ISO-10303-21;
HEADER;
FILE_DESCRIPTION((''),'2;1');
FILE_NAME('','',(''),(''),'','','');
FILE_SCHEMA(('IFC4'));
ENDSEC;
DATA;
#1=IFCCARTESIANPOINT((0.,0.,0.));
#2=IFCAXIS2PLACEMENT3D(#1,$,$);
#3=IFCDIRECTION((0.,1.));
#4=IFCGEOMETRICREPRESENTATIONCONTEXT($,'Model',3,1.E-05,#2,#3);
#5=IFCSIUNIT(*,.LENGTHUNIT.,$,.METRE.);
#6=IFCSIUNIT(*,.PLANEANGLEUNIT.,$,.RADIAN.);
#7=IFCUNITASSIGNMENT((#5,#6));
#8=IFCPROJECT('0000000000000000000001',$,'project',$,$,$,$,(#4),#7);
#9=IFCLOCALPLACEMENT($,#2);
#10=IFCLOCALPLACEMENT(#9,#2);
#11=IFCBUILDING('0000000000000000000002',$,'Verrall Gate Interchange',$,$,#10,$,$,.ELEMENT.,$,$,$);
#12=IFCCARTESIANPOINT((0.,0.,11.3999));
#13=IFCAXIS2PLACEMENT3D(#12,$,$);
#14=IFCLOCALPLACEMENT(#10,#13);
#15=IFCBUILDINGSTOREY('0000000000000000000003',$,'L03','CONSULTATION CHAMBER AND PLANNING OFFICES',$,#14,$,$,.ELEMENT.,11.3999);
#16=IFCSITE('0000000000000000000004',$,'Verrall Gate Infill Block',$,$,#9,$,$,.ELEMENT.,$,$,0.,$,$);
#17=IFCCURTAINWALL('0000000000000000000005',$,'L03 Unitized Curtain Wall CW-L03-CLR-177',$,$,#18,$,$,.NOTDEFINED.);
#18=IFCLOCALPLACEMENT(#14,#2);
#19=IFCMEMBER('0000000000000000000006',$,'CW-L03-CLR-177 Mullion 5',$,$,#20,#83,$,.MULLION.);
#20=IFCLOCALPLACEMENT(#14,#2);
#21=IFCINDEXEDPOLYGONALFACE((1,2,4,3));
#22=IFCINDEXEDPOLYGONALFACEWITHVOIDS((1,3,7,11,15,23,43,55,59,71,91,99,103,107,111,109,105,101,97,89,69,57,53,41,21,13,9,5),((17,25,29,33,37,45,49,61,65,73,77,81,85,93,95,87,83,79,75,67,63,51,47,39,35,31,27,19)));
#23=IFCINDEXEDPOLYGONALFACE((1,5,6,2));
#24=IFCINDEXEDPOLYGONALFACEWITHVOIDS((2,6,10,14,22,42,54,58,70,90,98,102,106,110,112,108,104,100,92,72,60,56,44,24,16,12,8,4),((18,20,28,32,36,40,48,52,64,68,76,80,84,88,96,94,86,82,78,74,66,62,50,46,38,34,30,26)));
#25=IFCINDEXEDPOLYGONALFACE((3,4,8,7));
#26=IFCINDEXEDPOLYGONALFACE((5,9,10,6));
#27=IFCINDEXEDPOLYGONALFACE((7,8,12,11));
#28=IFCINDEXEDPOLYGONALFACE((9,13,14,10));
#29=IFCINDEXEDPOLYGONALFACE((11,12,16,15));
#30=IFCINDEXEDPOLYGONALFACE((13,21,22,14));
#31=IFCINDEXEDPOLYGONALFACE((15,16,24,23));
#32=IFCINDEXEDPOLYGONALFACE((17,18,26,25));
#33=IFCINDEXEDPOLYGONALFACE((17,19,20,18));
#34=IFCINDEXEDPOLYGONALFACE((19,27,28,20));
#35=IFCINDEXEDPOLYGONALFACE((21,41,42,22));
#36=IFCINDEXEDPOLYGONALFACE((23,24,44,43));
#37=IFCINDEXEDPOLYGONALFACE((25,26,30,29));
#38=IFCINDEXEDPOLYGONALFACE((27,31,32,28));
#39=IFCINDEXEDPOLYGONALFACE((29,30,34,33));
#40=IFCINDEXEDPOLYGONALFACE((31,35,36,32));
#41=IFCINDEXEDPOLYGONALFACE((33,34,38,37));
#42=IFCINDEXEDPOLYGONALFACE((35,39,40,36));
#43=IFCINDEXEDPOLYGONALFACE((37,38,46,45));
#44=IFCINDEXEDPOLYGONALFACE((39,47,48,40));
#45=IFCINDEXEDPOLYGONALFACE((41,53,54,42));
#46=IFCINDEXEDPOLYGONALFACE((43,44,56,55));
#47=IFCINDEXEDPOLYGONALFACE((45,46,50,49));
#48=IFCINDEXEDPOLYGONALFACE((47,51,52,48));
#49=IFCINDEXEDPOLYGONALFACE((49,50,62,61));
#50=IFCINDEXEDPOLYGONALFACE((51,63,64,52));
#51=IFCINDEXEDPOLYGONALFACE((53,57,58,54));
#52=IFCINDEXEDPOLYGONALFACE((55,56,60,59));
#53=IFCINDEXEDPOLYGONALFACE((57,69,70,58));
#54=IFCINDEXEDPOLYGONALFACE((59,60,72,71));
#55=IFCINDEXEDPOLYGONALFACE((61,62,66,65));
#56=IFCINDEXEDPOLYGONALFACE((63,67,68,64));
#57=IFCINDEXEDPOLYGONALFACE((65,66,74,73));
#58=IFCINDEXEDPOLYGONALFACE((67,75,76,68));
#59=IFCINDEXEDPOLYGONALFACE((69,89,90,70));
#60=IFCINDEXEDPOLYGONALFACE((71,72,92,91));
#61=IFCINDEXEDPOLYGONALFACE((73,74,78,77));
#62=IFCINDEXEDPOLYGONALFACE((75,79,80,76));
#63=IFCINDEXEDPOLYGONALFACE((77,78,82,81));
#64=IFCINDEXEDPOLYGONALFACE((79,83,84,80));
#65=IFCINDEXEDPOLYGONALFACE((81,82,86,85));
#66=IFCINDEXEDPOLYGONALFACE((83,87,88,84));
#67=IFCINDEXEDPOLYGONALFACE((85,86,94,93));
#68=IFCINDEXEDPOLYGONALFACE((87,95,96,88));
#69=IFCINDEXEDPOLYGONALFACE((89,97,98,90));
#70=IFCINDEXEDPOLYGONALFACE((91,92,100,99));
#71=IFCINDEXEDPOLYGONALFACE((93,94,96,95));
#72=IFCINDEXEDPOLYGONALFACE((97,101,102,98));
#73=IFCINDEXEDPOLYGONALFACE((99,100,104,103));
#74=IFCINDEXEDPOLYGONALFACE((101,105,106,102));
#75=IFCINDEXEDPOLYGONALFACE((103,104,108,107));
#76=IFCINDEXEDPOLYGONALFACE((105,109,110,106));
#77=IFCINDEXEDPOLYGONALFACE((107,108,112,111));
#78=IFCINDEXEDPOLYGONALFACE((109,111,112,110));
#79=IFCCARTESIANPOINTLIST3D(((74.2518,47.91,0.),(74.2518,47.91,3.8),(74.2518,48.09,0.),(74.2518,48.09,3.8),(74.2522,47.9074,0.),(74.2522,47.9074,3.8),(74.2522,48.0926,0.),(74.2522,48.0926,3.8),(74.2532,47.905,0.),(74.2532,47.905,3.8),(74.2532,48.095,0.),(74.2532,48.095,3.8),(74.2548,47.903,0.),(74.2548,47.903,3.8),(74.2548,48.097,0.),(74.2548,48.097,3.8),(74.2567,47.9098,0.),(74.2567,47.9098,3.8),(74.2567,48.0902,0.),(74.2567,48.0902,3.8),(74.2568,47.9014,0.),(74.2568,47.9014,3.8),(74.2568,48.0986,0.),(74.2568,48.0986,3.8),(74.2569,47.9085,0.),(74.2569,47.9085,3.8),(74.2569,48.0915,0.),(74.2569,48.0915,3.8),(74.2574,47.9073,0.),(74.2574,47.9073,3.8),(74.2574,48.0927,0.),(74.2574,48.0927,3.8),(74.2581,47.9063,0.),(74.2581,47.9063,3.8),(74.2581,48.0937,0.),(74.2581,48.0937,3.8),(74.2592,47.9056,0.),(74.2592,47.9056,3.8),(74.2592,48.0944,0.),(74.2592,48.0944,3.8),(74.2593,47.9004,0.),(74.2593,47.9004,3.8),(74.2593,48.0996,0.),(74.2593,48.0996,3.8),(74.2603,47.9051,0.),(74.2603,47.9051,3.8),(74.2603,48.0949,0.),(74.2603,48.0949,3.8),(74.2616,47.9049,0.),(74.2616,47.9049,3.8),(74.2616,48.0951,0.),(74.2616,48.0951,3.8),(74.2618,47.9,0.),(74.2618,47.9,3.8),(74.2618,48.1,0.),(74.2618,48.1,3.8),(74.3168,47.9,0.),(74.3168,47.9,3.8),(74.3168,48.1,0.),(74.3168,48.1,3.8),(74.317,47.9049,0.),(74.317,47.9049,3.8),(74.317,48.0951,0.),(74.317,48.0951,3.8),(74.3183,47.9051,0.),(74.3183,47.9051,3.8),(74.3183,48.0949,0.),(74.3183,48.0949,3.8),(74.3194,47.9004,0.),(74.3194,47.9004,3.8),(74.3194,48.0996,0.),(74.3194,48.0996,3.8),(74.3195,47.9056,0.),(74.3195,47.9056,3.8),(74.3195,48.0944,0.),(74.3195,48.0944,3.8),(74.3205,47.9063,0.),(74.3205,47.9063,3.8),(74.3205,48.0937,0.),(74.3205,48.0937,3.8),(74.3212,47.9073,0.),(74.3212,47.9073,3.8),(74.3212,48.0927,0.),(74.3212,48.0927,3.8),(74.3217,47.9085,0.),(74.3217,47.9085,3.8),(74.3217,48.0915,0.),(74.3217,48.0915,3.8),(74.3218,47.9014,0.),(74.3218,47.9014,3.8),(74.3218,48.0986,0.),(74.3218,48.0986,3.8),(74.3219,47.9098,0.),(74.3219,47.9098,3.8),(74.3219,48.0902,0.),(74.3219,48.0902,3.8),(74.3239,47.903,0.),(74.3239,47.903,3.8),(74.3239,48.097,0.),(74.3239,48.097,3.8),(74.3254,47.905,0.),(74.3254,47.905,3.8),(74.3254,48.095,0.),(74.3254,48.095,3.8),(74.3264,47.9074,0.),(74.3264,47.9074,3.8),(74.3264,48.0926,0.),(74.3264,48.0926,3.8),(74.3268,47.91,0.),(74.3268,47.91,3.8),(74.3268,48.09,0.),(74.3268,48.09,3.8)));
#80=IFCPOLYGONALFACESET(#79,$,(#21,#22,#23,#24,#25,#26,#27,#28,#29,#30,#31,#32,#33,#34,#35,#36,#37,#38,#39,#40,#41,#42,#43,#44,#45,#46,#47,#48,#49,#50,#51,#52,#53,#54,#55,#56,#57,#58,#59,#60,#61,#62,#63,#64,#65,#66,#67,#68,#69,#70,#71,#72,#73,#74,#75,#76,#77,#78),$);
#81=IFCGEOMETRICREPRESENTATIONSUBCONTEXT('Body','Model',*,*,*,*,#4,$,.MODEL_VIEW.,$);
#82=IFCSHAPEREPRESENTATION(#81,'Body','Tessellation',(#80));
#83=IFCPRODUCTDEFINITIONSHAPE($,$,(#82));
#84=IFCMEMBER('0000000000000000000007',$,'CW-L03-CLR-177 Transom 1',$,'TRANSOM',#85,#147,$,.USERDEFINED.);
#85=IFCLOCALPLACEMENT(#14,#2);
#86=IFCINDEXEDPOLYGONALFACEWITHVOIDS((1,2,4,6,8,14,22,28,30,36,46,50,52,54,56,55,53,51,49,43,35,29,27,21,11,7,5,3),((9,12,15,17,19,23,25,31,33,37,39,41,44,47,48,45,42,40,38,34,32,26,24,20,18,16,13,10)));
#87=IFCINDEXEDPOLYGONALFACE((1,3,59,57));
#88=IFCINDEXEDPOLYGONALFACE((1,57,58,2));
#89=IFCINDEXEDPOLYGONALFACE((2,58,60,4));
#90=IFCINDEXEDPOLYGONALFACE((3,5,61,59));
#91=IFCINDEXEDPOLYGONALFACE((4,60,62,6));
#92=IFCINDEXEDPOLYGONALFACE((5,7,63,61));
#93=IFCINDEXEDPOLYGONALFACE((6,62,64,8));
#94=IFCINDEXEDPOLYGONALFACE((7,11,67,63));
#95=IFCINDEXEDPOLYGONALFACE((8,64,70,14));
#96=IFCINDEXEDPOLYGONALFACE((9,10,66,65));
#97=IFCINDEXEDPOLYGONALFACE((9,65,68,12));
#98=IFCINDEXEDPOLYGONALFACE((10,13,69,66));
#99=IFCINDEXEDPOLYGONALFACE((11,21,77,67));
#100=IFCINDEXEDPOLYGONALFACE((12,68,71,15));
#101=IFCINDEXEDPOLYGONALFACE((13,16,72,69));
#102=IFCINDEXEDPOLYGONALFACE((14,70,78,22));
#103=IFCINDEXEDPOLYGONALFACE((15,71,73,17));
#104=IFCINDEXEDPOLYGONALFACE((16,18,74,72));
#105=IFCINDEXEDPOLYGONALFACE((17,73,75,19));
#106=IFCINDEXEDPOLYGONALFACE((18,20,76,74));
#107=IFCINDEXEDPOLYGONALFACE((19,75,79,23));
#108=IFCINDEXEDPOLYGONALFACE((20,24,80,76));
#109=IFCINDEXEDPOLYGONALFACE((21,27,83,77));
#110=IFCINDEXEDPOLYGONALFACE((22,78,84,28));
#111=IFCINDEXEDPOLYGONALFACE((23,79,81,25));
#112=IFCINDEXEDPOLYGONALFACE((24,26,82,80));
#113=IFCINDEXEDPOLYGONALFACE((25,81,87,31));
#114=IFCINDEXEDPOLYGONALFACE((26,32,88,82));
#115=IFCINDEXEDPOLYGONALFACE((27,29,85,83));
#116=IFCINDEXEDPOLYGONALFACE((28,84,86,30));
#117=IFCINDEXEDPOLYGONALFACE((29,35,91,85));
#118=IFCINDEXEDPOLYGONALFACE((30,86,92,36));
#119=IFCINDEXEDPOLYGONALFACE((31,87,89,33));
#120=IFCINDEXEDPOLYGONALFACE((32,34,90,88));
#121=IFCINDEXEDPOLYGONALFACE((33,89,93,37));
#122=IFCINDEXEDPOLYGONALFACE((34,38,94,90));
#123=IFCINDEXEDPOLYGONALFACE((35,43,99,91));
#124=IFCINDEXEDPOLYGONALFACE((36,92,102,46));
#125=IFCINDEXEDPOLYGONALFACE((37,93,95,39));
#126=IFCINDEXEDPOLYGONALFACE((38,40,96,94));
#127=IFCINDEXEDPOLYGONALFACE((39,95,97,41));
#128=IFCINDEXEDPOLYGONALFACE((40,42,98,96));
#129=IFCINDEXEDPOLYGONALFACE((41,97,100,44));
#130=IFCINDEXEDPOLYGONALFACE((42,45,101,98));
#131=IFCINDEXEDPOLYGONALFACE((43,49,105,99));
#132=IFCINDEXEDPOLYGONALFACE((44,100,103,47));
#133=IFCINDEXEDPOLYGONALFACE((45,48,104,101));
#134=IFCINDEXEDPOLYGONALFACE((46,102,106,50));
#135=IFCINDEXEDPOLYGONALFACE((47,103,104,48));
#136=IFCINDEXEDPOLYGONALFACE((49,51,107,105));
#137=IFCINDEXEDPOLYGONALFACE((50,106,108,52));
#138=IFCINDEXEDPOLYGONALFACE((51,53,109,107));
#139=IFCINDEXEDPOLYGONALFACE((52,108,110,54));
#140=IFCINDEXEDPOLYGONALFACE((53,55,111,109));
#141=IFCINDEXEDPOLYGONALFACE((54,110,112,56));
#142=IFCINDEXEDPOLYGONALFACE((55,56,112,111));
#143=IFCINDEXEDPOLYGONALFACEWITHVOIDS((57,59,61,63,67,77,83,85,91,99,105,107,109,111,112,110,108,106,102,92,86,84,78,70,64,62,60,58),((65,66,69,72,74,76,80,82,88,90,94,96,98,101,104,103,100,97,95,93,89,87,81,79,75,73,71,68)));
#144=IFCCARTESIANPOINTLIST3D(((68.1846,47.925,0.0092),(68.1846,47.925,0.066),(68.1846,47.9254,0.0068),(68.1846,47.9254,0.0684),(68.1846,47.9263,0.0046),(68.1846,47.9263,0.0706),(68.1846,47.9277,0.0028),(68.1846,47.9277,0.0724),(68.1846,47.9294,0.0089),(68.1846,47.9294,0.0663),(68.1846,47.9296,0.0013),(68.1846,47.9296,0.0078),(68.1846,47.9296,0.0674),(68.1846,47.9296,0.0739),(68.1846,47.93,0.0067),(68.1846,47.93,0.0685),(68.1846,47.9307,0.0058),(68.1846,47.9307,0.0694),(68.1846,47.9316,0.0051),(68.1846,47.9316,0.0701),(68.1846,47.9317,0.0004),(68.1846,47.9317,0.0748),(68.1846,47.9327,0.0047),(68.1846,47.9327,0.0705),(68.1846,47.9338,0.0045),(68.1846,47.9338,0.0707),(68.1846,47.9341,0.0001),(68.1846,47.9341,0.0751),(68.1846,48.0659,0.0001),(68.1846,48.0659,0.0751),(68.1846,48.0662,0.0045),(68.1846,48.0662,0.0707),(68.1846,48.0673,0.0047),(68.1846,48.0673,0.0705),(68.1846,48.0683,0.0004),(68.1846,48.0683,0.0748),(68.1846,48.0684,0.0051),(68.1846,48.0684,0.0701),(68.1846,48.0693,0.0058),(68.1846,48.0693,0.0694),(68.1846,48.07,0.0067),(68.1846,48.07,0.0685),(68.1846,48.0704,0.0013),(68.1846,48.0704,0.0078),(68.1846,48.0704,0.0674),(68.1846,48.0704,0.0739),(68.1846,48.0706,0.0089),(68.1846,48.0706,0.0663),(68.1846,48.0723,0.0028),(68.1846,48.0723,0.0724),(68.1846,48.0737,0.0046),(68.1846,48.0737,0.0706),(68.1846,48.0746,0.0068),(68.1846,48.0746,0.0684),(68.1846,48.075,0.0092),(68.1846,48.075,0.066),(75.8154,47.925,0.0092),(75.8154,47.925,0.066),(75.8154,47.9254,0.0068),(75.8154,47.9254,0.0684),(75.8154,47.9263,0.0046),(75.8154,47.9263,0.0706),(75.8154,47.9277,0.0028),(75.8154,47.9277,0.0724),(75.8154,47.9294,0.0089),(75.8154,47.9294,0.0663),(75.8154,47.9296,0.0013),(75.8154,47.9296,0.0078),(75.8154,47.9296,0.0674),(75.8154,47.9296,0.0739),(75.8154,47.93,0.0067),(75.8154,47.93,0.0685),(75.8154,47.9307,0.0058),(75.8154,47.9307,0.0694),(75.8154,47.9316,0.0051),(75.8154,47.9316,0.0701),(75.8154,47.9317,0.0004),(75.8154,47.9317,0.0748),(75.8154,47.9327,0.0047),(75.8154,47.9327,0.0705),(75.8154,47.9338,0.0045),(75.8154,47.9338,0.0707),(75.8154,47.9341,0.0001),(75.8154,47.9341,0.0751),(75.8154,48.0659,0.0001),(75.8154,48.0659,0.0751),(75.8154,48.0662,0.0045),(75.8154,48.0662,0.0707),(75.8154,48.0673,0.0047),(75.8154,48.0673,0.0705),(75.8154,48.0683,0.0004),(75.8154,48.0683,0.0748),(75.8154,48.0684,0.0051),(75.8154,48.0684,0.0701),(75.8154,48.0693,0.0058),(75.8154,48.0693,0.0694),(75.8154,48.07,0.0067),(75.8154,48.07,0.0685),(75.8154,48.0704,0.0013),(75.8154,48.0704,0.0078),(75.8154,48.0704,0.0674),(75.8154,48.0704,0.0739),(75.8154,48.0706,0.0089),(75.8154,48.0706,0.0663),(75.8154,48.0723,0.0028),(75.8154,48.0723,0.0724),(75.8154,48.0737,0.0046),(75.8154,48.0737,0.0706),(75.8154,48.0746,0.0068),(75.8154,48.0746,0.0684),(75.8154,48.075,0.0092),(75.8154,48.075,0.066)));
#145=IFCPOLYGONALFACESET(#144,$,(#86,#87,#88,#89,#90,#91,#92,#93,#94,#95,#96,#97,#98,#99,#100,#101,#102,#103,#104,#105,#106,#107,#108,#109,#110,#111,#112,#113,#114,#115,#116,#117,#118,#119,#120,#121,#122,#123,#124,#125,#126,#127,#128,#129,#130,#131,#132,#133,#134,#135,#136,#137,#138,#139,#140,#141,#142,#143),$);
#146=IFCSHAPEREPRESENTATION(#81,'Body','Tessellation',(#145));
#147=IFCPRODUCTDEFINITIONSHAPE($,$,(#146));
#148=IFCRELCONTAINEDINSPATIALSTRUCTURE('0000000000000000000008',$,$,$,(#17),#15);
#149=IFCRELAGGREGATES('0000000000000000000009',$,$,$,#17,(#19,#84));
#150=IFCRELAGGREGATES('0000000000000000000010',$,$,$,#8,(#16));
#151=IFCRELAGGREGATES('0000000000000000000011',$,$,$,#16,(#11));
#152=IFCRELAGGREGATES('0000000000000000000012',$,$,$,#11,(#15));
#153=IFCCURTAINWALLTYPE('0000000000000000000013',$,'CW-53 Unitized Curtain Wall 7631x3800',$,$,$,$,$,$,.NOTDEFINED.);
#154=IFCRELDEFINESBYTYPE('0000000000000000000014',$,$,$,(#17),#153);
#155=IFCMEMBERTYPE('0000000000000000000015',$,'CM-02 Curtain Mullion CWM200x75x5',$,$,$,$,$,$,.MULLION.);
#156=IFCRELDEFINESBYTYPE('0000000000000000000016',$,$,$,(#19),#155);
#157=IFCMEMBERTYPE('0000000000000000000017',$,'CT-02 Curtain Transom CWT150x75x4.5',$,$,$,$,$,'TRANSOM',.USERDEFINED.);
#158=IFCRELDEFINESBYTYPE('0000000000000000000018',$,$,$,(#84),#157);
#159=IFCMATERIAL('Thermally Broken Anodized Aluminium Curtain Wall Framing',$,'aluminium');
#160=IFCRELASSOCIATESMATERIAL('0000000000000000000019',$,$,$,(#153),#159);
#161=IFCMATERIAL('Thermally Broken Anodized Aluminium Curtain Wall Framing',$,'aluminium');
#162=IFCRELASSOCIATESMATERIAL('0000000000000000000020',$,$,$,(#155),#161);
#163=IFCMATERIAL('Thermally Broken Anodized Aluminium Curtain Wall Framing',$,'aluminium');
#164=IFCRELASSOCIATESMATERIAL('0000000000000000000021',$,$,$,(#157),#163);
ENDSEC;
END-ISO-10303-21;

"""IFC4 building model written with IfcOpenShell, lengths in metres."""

from ifc_helpers import new_model, si_unit, direction, frame, origin, origin_2d, place, context, subcontext, project, spatial, hollow_rectangle, extrude, material, material_profile, profile_set, type_object, element, aggregate, save


model = new_model("IFC4")

# Units and contexts
model_context = context("Model", 3, precision=1e-05, world=origin(), true_north=direction((0.0, 1.0)))
body_context = subcontext(model_context, "Body", "Model", "MODEL_VIEW")
ifc_project = project(units=[si_unit("LENGTHUNIT", "METRE"), si_unit("PLANEANGLEUNIT", "RADIAN")], contexts=[model_context])

# Site, building, storey
site_placement = place(None, origin())
site = spatial("IfcSite", under=ifc_project, at=site_placement, Name="Verrall Gate Infill Block", CompositionType="ELEMENT", RefElevation=0.0)
building_placement = place(site_placement, origin())
building = spatial("IfcBuilding", under=site, at=building_placement, Name="Verrall Gate Interchange", CompositionType="ELEMENT")
storey_placement = place(building_placement, frame((0.0, 0.0, 11.3999)))
storey = spatial("IfcBuildingStorey", under=building, at=storey_placement, Name="L03", Description="CONSULTATION CHAMBER AND PLANNING OFFICES", CompositionType="ELEMENT", Elevation=11.3999)

# Curtain wall, members
ifc_material_1 = material(Name="Thermally Broken Anodized Aluminium Curtain Wall Framing", Category="aluminium")
curtain_wall_type = type_object("IfcCurtainWallType", Name="CW-53 Unitized Curtain Wall 7631x3800", PredefinedType="NOTDEFINED", material=ifc_material_1)
ifc_material_2 = material(Name="Thermally Broken Anodized Aluminium Curtain Wall Framing", Category="aluminium")
ifc_material_profile_1 = material_profile(ifc_material_2, hollow_rectangle(XDim=0.075, YDim=0.2, WallThickness=0.0049, InnerFilletRadius=0.0049, OuterFilletRadius=0.01, at=origin_2d()), Name="CWM200x75x5")
ifc_profile_set_1 = profile_set([ifc_material_profile_1], Name="Thermally Broken Anodized Aluminium Curtain Wall Framing")
member_type_1 = type_object("IfcMemberType", Name="CM-02 Curtain Mullion CWM200x75x5", PredefinedType="MULLION", material=ifc_profile_set_1)
curtain_wall_1_placement = place(storey_placement, origin())
curtain_wall_1 = element("IfcCurtainWall", 1, at=curtain_wall_1_placement, inside=storey, type_object=curtain_wall_type, Name="L03 Unitized Curtain Wall CW-L03-CLR-177", PredefinedType="NOTDEFINED")
member_1_placement = place(storey_placement, frame((74.2893, 48.0, 0.0), z_axis=(0.0, 0.0, 1.0), x_axis=(1.0, 0.0, 0.0)))
member_1 = element("IfcMember", 2, at=member_1_placement, type_object=member_type_1, Name="CW-L03-CLR-177 Mullion 5", PredefinedType="MULLION", context=body_context, shape_type="SweptSolid", body=[
    extrude(hollow_rectangle(XDim=0.075, YDim=0.2, WallThickness=0.0049, InnerFilletRadius=0.0049, OuterFilletRadius=0.01, at=origin_2d()), origin(), (0.0, 0.0, 1.0), 3.8),
])
ifc_material_3 = material(Name="Thermally Broken Anodized Aluminium Curtain Wall Framing", Category="aluminium")
ifc_material_profile_2 = material_profile(ifc_material_3, hollow_rectangle(XDim=0.1499, YDim=0.075, WallThickness=0.0044, InnerFilletRadius=0.0044, OuterFilletRadius=0.009, at=origin_2d()), Name="CWT150x75x4.5")
ifc_profile_set_2 = profile_set([ifc_material_profile_2], Name="Thermally Broken Anodized Aluminium Curtain Wall Framing")
member_type_2 = type_object("IfcMemberType", Name="CT-02 Curtain Transom CWT150x75x4.5", ElementType="TRANSOM", PredefinedType="USERDEFINED", material=ifc_profile_set_2)
member_2_placement = place(storey_placement, frame((68.1846, 48.0, 0.0376), z_axis=(1.0, 0.0, 0.0), x_axis=(0.0, 1.0, 0.0)))
member_2 = element("IfcMember", 3, at=member_2_placement, type_object=member_type_2, Name="CW-L03-CLR-177 Transom 1", ObjectType="TRANSOM", PredefinedType="USERDEFINED", context=body_context, shape_type="SweptSolid", body=[
    extrude(hollow_rectangle(XDim=0.1499, YDim=0.075, WallThickness=0.0044, InnerFilletRadius=0.0044, OuterFilletRadius=0.009, at=origin_2d()), origin(), (0.0, 0.0, 1.0), 7.6309),
])

aggregate(curtain_wall_1, [member_1, member_2])

save(model, "model.ifc")
